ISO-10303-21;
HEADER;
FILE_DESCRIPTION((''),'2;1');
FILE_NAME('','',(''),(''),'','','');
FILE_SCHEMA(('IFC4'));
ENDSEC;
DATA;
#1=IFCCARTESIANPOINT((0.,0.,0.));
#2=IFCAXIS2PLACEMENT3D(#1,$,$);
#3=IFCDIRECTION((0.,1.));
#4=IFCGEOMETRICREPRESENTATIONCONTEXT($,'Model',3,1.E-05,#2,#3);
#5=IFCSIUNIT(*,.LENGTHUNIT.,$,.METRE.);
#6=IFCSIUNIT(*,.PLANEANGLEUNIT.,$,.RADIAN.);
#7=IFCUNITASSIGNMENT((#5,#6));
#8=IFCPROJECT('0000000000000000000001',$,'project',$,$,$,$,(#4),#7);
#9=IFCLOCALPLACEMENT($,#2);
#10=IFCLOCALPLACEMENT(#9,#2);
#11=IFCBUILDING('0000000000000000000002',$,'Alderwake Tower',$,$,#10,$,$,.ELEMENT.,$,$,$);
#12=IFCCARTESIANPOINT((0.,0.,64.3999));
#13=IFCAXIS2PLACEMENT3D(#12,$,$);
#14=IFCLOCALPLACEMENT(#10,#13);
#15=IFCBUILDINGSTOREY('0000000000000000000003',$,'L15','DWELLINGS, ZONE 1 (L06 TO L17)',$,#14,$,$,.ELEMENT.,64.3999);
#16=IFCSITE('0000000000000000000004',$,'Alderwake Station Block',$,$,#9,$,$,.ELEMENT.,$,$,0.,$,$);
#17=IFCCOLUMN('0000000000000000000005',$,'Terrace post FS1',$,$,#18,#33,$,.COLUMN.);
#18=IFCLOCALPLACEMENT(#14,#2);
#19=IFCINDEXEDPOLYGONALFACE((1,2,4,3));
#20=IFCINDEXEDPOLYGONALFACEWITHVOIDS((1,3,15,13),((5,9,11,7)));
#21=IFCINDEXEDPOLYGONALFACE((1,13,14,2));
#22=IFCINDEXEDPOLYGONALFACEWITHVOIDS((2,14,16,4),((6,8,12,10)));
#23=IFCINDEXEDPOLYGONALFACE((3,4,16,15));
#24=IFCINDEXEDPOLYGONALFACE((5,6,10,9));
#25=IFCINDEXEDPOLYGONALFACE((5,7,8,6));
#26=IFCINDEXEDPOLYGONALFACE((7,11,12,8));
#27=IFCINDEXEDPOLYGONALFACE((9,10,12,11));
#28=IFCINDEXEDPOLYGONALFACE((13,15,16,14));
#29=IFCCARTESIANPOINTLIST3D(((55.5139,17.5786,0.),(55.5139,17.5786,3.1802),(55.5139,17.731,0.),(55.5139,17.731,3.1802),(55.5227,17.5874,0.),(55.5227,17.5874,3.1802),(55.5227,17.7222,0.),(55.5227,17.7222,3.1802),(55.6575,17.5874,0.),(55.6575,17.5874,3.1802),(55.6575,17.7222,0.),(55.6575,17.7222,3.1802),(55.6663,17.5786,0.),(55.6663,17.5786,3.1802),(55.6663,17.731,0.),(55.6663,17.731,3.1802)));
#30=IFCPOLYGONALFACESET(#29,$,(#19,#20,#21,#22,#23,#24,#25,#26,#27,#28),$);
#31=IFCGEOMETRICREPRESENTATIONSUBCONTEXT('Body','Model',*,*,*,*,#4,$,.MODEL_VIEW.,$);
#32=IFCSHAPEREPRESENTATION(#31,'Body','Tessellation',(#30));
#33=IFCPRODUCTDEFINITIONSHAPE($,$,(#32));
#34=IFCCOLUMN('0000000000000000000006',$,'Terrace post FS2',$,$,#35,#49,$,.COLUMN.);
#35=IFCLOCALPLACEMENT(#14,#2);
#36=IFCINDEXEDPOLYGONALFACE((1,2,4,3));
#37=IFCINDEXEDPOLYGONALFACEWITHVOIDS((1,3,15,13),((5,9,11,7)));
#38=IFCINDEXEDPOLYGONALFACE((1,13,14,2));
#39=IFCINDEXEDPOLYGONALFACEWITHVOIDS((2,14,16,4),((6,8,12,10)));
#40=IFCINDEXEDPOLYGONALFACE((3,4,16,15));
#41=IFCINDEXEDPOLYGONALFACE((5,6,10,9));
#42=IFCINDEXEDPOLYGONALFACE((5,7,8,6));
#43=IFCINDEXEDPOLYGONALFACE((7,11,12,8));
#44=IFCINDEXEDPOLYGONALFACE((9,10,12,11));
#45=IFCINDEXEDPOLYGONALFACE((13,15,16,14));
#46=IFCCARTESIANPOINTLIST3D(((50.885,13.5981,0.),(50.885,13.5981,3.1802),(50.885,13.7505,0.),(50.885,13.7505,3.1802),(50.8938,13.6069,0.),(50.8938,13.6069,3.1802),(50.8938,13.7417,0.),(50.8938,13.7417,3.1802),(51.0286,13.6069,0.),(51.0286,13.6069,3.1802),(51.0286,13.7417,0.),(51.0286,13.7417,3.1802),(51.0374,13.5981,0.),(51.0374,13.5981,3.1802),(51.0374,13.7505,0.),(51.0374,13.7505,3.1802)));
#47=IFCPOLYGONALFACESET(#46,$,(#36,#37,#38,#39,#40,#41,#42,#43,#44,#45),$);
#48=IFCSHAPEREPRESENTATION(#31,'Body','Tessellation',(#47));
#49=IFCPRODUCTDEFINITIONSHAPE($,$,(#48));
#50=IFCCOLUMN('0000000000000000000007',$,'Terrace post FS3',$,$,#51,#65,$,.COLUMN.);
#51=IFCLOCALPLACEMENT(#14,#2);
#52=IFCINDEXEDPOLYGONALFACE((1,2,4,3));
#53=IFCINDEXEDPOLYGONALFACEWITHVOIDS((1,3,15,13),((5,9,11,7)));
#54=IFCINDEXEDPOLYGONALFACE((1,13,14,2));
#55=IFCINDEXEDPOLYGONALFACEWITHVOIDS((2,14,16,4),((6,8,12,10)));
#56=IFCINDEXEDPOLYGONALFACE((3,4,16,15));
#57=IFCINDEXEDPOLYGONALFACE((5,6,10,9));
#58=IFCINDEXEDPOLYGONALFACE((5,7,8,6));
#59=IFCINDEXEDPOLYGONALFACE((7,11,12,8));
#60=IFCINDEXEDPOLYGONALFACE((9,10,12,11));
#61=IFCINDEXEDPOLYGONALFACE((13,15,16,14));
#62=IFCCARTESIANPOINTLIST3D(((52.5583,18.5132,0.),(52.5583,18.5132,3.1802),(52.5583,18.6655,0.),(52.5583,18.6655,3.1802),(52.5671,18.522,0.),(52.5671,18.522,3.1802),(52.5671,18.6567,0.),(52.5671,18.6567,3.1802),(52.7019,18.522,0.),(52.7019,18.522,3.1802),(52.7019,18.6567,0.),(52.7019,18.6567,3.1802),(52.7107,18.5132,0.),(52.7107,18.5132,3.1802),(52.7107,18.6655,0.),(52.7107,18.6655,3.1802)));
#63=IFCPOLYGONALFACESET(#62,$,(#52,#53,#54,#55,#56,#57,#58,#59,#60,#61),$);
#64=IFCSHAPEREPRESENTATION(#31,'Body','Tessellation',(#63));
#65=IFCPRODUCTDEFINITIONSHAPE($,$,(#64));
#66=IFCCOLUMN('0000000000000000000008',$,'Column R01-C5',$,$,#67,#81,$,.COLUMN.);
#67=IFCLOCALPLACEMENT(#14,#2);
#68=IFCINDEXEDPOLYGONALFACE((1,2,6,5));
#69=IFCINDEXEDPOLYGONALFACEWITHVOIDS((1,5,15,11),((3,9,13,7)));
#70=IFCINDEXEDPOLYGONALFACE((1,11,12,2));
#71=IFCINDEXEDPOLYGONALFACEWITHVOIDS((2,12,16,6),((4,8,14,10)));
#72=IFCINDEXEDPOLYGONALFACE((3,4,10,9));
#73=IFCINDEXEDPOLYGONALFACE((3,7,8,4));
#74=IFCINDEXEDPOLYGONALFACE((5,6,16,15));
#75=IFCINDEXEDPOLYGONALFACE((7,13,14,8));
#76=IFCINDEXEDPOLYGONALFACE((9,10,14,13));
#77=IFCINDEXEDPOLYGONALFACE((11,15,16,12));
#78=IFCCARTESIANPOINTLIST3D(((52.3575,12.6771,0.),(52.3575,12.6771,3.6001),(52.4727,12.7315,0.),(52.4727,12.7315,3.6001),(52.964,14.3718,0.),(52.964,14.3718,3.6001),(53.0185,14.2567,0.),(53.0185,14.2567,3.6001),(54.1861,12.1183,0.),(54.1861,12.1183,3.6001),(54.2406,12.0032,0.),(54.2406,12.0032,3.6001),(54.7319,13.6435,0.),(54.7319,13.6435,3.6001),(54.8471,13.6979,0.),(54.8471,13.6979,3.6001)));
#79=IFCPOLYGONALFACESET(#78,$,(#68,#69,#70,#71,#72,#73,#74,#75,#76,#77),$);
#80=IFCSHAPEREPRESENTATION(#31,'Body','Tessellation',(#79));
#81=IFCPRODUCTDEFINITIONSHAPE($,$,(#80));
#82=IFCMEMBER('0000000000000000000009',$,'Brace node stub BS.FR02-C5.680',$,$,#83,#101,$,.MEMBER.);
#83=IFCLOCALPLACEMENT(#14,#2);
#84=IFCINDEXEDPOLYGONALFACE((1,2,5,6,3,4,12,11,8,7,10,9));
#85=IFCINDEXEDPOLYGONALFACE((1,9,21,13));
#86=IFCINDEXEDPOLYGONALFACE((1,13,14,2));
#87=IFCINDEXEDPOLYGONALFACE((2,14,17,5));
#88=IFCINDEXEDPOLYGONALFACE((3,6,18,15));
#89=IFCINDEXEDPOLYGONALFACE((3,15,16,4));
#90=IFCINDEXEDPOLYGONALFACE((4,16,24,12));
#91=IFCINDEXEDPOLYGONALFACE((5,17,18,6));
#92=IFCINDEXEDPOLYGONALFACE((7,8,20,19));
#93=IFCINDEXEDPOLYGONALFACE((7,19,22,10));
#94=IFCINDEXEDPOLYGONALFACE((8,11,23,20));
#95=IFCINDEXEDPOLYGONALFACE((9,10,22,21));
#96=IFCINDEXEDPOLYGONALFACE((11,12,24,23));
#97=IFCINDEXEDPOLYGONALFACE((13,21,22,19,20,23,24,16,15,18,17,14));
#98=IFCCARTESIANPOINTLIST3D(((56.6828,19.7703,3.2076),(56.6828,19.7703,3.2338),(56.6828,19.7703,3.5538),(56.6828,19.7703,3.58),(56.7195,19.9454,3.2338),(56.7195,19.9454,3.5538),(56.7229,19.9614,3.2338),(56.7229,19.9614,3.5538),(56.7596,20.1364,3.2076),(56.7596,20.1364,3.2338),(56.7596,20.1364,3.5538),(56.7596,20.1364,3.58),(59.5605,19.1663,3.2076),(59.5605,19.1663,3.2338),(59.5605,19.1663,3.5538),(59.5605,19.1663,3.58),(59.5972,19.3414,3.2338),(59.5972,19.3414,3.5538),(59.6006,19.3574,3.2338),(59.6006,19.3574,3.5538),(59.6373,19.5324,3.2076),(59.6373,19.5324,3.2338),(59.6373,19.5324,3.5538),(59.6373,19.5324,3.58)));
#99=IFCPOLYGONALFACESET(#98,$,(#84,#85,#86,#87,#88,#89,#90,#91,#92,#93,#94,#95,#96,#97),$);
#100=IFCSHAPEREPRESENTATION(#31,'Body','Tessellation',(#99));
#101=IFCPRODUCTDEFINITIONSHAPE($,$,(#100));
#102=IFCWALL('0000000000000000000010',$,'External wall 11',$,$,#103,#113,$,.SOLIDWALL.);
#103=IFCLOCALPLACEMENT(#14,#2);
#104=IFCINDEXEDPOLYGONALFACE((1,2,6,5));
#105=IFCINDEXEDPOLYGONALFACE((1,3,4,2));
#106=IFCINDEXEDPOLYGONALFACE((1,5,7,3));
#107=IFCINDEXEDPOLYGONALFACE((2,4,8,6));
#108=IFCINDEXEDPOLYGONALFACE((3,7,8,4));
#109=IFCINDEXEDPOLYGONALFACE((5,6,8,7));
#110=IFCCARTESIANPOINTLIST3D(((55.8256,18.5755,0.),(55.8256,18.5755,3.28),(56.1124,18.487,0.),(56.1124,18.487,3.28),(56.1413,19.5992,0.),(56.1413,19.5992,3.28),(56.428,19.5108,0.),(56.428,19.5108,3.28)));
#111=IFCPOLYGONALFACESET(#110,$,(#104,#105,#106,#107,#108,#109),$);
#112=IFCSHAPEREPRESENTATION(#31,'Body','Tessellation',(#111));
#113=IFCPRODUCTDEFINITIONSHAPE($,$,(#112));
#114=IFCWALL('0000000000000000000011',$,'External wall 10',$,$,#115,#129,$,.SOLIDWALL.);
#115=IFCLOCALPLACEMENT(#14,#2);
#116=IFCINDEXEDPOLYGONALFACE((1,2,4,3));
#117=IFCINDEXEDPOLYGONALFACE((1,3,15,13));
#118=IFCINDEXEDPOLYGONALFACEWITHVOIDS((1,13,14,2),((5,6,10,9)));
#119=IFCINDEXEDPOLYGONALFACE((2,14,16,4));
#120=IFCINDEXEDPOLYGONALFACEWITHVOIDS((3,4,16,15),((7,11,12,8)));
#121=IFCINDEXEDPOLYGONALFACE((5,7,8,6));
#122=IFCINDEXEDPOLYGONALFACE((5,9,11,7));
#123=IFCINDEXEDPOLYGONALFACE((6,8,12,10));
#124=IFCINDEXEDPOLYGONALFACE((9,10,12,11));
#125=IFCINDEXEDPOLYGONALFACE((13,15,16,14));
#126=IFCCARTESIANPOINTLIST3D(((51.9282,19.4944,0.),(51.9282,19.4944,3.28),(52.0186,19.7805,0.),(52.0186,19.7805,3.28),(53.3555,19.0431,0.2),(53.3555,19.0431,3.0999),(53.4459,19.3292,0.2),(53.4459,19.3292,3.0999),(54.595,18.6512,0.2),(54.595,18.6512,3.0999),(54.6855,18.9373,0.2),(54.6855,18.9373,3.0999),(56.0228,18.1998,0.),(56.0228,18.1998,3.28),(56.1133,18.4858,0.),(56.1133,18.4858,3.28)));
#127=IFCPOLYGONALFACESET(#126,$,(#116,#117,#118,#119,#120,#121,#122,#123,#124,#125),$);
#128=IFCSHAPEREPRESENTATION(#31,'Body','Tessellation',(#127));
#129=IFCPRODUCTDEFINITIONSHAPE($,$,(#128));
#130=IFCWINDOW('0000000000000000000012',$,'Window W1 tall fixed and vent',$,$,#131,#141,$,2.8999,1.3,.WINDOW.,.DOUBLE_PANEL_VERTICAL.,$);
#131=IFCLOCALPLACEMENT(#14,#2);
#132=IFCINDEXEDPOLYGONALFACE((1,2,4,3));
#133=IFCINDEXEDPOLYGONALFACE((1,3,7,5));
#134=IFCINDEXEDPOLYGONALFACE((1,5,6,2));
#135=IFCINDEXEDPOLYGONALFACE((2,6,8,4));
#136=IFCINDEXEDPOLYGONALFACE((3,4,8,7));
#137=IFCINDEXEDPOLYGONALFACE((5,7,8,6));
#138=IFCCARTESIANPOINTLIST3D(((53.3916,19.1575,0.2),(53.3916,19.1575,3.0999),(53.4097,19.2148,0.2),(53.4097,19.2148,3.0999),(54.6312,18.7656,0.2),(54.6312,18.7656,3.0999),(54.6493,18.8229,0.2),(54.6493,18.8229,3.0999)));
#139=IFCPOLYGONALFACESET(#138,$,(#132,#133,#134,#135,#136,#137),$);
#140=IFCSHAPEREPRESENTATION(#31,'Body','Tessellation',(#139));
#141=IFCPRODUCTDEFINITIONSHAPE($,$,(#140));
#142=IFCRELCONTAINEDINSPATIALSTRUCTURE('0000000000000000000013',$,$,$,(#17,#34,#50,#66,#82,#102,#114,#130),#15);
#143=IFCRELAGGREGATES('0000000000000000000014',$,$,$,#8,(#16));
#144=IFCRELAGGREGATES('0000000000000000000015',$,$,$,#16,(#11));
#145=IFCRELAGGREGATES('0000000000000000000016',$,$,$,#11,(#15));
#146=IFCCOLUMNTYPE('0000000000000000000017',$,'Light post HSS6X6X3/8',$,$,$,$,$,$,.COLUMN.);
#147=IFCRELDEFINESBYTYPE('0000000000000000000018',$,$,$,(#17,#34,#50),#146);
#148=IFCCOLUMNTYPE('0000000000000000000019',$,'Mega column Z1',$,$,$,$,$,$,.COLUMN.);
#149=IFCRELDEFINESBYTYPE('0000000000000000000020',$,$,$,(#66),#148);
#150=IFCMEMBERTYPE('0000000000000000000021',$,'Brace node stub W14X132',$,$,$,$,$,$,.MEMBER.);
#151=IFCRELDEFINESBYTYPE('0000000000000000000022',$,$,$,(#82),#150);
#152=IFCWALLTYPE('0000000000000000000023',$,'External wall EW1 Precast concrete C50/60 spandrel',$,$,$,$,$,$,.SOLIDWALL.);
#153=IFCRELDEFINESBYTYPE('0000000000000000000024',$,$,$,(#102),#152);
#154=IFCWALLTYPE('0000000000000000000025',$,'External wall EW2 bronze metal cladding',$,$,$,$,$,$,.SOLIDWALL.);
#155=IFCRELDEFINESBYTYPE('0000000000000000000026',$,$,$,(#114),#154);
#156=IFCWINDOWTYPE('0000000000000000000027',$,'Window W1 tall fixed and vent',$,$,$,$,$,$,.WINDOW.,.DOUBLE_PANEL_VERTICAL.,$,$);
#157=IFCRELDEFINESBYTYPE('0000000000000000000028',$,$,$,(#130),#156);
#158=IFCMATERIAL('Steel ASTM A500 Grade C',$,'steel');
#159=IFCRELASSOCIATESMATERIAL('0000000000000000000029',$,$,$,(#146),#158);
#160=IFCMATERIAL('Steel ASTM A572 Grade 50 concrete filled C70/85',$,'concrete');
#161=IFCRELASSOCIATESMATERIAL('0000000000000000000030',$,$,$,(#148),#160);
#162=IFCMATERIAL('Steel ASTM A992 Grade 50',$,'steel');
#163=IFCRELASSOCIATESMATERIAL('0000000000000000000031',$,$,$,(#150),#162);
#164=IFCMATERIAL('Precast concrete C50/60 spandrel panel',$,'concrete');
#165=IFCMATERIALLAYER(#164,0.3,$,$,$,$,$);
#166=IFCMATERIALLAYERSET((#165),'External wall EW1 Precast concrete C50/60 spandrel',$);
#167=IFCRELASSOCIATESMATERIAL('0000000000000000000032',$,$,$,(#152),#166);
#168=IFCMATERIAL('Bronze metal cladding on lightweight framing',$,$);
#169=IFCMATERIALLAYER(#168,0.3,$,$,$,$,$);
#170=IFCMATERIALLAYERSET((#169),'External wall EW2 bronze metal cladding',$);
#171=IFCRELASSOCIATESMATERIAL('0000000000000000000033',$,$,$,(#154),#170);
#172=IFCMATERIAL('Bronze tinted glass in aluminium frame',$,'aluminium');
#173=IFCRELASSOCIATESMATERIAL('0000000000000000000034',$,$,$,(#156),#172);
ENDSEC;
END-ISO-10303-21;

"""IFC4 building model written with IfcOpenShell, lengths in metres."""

from ifc_helpers import new_model, si_unit, direction, frame, frame_2d, origin, origin_2d, place, context, subcontext, project, spatial, rectangle, hollow_rectangle, i_section, extrude, material, layer, layer_set, material_profile, profile_set, type_object, element, fill, save


model = new_model("IFC4")

# Units and contexts
model_context = context("Model", 3, precision=1e-05, world=origin(), true_north=direction((0.0, 1.0)))
body_context = subcontext(model_context, "Body", "Model", "MODEL_VIEW")
ifc_project = project(units=[si_unit("LENGTHUNIT", "METRE"), si_unit("PLANEANGLEUNIT", "RADIAN")], contexts=[model_context])

# Site, building, storey
site_placement = place(None, origin())
site = spatial("IfcSite", under=ifc_project, at=site_placement, Name="Alderwake Station Block", CompositionType="ELEMENT", RefElevation=0.0)
building_placement = place(site_placement, origin())
building = spatial("IfcBuilding", under=site, at=building_placement, Name="Alderwake Tower", CompositionType="ELEMENT")
storey_placement = place(building_placement, frame((0.0, 0.0, 64.3999)))
storey = spatial("IfcBuildingStorey", under=building, at=storey_placement, Name="L15", Description="DWELLINGS, ZONE 1 (L06 TO L17)", CompositionType="ELEMENT", Elevation=64.3999)

# Columns
ifc_material_1 = material(Name="Steel ASTM A500 Grade C", Category="steel")
ifc_material_profile_1 = material_profile(ifc_material_1, hollow_rectangle(XDim=0.1523, YDim=0.1523, WallThickness=0.0088, at=origin_2d()), Name="HSS6X6X3/8")
ifc_profile_set_1 = profile_set([ifc_material_profile_1], Name="Steel ASTM A500 Grade C")
column_type_1 = type_object("IfcColumnType", Name="Light post HSS6X6X3/8", PredefinedType="COLUMN", material=ifc_profile_set_1)
for number, where, z_axis, x_axis, name in (
    (1, (55.5901, 17.6548, 0.0), (0.0, 0.0, 1.0), (1.0, 0.0, 0.0), "Terrace post FS1"),
    (2, (50.9612, 13.6743, 0.0), (0.0, 0.0, 1.0), (1.0, 0.0, 0.0), "Terrace post FS2"),
    (3, (52.6345, 18.5894, 0.0), (0.0, 0.0, 1.0), (1.0, 0.0, 0.0), "Terrace post FS3"),
):
    element("IfcColumn", number, at=place(storey_placement, frame(where, z_axis=z_axis, x_axis=x_axis)), inside=storey, type_object=column_type_1, Name=name, PredefinedType="COLUMN", context=body_context, shape_type="SweptSolid", body=[
        extrude(hollow_rectangle(XDim=0.1523, YDim=0.1523, WallThickness=0.0088, at=origin_2d()), origin(), (0.0, 0.0, 1.0), 3.1802),
    ])
ifc_material_2 = material(Name="Steel ASTM A572 Grade 50 concrete filled C70/85", Category="concrete")
ifc_material_profile_2 = material_profile(ifc_material_2, hollow_rectangle(XDim=1.8, YDim=2.0, WallThickness=0.0901, at=origin_2d()), Name="BOX 2000X1800X90")
ifc_profile_set_2 = profile_set([ifc_material_profile_2], Name="Steel ASTM A572 Grade 50 concrete filled C70/85")
column_type_2 = type_object("IfcColumnType", Name="Mega column Z1", PredefinedType="COLUMN", material=ifc_profile_set_2)
column_placement = place(storey_placement, frame((53.6023, 13.1875, 0.0), z_axis=(0.0, 0.0, 1.0), x_axis=(0.336946, 0.941524, 0.0)))
element("IfcColumn", 4, at=column_placement, inside=storey, type_object=column_type_2, Name="Column R01-C5", PredefinedType="COLUMN", context=body_context, shape_type="SweptSolid", body=[
    extrude(hollow_rectangle(XDim=1.8, YDim=2.0, WallThickness=0.0901, at=origin_2d()), origin(), (0.0, 0.0, 1.0), 3.6001),
])

# Member
ifc_material_3 = material(Name="Steel ASTM A992 Grade 50", Category="steel")
ifc_material_profile_3 = material_profile(ifc_material_3, i_section(OverallWidth=0.374, OverallDepth=0.3723, WebThickness=0.0164, FlangeThickness=0.0261, at=origin_2d()), Name="W14X132")
ifc_profile_set_3 = profile_set([ifc_material_profile_3], Name="Steel ASTM A992 Grade 50")
member_type = type_object("IfcMemberType", Name="Brace node stub W14X132", PredefinedType="MEMBER", material=ifc_profile_set_3)
member_placement = place(storey_placement, frame((56.7212, 19.9534, 3.3938), z_axis=(0.978675, -0.205416, 0.0), x_axis=(0.205416, 0.978675, 0.0)))
element("IfcMember", 5, at=member_placement, inside=storey, type_object=member_type, Name="Brace node stub BS.FR02-C5.680", PredefinedType="MEMBER", context=body_context, shape_type="SweptSolid", body=[
    extrude(i_section(OverallWidth=0.374, OverallDepth=0.3723, WebThickness=0.0164, FlangeThickness=0.0261, at=origin_2d()), origin(), (0.0, 0.0, 1.0), 2.9404),
])

# Wall
ifc_material_4 = material(Name="Precast concrete C50/60 spandrel panel", Category="concrete")
ifc_layer_1 = layer(ifc_material_4, 0.3)
ifc_layer_set_1 = layer_set([ifc_layer_1], Name="External wall EW1 Precast concrete C50/60 spandrel")
wall_type_1 = type_object("IfcWallType", Name="External wall EW1 Precast concrete C50/60 spandrel", PredefinedType="SOLIDWALL", material=ifc_layer_set_1)
wall_1_placement = place(storey_placement, frame((55.969, 18.5312, 0.0), z_axis=(0.0, 0.0, 1.0), x_axis=(0.294678, 0.955597, 0.0)))
element("IfcWall", 6, at=wall_1_placement, inside=storey, type_object=wall_type_1, Name="External wall 11", PredefinedType="SOLIDWALL", context=body_context, shape_type="SweptSolid", body=[
    extrude(rectangle(XDim=1.0713, YDim=0.3, at=frame_2d((0.5356, 0.0))), origin(), (0.0, 0.0, 1.0), 3.28),
])

# Shared definitions
ifc_material_5 = material(Name="Bronze metal cladding on lightweight framing")
ifc_layer_2 = layer(ifc_material_5, 0.3)
ifc_layer_set_2 = layer_set([ifc_layer_2], Name="External wall EW2 bronze metal cladding")
wall_type_2 = type_object("IfcWallType", Name="External wall EW2 bronze metal cladding", PredefinedType="SOLIDWALL", material=ifc_layer_set_2)
ifc_material_6 = material(Name="Bronze tinted glass in aluminium frame", Category="aluminium")
window_type = type_object("IfcWindowType", Name="Window W1 tall fixed and vent", PartitioningType="DOUBLE_PANEL_VERTICAL", PredefinedType="WINDOW", material=ifc_material_6)

# Wall, opening, window
wall_2_placement = place(storey_placement, frame((51.9734, 19.6375, 0.0), z_axis=(0.0, 0.0, 1.0), x_axis=(0.953475, -0.301471, 0.0)))
wall_2 = element("IfcWall", 7, at=wall_2_placement, inside=storey, type_object=wall_type_2, Name="External wall 10", PredefinedType="SOLIDWALL", context=body_context, shape_type="SweptSolid", body=[
    extrude(rectangle(XDim=4.2944, YDim=0.3, at=frame_2d((2.1472, 0.0))), origin(), (0.0, 0.0, 1.0), 3.28),
])
opening_1_placement = place(wall_2_placement, frame((1.4971, 0.0, 0.2)))
opening_1 = element("IfcOpeningElement", 8, at=opening_1_placement, cuts=wall_2, PredefinedType="OPENING", context=body_context, shape_type="SweptSolid", body=[
    extrude(rectangle(XDim=1.3, YDim=2.8999, at=frame_2d((0.6499, 1.45))), frame((0.0, 0.1599, 0.0), z_axis=(0.0, -1.0, 0.0), x_axis=(1.0, 0.0, 0.0)), (0.0, 0.0, 1.0), 0.3201),
])
window_1_placement = place(opening_1_placement, origin())
window_1 = element("IfcWindow", 9, at=window_1_placement, inside=storey, type_object=window_type, Name="Window W1 tall fixed and vent", OverallHeight=2.8999, OverallWidth=1.3, PartitioningType="DOUBLE_PANEL_VERTICAL", PredefinedType="WINDOW", context=body_context, shape_type="SweptSolid", body=[
    extrude(rectangle(XDim=1.3, YDim=2.8999, at=frame_2d((0.6499, 1.45))), frame((0.0, 0.03, 0.0), z_axis=(0.0, -1.0, 0.0), x_axis=(1.0, 0.0, 0.0)), (0.0, 0.0, 1.0), 0.0601),
])
fill(opening_1, window_1)

save(model, "model.ifc")
